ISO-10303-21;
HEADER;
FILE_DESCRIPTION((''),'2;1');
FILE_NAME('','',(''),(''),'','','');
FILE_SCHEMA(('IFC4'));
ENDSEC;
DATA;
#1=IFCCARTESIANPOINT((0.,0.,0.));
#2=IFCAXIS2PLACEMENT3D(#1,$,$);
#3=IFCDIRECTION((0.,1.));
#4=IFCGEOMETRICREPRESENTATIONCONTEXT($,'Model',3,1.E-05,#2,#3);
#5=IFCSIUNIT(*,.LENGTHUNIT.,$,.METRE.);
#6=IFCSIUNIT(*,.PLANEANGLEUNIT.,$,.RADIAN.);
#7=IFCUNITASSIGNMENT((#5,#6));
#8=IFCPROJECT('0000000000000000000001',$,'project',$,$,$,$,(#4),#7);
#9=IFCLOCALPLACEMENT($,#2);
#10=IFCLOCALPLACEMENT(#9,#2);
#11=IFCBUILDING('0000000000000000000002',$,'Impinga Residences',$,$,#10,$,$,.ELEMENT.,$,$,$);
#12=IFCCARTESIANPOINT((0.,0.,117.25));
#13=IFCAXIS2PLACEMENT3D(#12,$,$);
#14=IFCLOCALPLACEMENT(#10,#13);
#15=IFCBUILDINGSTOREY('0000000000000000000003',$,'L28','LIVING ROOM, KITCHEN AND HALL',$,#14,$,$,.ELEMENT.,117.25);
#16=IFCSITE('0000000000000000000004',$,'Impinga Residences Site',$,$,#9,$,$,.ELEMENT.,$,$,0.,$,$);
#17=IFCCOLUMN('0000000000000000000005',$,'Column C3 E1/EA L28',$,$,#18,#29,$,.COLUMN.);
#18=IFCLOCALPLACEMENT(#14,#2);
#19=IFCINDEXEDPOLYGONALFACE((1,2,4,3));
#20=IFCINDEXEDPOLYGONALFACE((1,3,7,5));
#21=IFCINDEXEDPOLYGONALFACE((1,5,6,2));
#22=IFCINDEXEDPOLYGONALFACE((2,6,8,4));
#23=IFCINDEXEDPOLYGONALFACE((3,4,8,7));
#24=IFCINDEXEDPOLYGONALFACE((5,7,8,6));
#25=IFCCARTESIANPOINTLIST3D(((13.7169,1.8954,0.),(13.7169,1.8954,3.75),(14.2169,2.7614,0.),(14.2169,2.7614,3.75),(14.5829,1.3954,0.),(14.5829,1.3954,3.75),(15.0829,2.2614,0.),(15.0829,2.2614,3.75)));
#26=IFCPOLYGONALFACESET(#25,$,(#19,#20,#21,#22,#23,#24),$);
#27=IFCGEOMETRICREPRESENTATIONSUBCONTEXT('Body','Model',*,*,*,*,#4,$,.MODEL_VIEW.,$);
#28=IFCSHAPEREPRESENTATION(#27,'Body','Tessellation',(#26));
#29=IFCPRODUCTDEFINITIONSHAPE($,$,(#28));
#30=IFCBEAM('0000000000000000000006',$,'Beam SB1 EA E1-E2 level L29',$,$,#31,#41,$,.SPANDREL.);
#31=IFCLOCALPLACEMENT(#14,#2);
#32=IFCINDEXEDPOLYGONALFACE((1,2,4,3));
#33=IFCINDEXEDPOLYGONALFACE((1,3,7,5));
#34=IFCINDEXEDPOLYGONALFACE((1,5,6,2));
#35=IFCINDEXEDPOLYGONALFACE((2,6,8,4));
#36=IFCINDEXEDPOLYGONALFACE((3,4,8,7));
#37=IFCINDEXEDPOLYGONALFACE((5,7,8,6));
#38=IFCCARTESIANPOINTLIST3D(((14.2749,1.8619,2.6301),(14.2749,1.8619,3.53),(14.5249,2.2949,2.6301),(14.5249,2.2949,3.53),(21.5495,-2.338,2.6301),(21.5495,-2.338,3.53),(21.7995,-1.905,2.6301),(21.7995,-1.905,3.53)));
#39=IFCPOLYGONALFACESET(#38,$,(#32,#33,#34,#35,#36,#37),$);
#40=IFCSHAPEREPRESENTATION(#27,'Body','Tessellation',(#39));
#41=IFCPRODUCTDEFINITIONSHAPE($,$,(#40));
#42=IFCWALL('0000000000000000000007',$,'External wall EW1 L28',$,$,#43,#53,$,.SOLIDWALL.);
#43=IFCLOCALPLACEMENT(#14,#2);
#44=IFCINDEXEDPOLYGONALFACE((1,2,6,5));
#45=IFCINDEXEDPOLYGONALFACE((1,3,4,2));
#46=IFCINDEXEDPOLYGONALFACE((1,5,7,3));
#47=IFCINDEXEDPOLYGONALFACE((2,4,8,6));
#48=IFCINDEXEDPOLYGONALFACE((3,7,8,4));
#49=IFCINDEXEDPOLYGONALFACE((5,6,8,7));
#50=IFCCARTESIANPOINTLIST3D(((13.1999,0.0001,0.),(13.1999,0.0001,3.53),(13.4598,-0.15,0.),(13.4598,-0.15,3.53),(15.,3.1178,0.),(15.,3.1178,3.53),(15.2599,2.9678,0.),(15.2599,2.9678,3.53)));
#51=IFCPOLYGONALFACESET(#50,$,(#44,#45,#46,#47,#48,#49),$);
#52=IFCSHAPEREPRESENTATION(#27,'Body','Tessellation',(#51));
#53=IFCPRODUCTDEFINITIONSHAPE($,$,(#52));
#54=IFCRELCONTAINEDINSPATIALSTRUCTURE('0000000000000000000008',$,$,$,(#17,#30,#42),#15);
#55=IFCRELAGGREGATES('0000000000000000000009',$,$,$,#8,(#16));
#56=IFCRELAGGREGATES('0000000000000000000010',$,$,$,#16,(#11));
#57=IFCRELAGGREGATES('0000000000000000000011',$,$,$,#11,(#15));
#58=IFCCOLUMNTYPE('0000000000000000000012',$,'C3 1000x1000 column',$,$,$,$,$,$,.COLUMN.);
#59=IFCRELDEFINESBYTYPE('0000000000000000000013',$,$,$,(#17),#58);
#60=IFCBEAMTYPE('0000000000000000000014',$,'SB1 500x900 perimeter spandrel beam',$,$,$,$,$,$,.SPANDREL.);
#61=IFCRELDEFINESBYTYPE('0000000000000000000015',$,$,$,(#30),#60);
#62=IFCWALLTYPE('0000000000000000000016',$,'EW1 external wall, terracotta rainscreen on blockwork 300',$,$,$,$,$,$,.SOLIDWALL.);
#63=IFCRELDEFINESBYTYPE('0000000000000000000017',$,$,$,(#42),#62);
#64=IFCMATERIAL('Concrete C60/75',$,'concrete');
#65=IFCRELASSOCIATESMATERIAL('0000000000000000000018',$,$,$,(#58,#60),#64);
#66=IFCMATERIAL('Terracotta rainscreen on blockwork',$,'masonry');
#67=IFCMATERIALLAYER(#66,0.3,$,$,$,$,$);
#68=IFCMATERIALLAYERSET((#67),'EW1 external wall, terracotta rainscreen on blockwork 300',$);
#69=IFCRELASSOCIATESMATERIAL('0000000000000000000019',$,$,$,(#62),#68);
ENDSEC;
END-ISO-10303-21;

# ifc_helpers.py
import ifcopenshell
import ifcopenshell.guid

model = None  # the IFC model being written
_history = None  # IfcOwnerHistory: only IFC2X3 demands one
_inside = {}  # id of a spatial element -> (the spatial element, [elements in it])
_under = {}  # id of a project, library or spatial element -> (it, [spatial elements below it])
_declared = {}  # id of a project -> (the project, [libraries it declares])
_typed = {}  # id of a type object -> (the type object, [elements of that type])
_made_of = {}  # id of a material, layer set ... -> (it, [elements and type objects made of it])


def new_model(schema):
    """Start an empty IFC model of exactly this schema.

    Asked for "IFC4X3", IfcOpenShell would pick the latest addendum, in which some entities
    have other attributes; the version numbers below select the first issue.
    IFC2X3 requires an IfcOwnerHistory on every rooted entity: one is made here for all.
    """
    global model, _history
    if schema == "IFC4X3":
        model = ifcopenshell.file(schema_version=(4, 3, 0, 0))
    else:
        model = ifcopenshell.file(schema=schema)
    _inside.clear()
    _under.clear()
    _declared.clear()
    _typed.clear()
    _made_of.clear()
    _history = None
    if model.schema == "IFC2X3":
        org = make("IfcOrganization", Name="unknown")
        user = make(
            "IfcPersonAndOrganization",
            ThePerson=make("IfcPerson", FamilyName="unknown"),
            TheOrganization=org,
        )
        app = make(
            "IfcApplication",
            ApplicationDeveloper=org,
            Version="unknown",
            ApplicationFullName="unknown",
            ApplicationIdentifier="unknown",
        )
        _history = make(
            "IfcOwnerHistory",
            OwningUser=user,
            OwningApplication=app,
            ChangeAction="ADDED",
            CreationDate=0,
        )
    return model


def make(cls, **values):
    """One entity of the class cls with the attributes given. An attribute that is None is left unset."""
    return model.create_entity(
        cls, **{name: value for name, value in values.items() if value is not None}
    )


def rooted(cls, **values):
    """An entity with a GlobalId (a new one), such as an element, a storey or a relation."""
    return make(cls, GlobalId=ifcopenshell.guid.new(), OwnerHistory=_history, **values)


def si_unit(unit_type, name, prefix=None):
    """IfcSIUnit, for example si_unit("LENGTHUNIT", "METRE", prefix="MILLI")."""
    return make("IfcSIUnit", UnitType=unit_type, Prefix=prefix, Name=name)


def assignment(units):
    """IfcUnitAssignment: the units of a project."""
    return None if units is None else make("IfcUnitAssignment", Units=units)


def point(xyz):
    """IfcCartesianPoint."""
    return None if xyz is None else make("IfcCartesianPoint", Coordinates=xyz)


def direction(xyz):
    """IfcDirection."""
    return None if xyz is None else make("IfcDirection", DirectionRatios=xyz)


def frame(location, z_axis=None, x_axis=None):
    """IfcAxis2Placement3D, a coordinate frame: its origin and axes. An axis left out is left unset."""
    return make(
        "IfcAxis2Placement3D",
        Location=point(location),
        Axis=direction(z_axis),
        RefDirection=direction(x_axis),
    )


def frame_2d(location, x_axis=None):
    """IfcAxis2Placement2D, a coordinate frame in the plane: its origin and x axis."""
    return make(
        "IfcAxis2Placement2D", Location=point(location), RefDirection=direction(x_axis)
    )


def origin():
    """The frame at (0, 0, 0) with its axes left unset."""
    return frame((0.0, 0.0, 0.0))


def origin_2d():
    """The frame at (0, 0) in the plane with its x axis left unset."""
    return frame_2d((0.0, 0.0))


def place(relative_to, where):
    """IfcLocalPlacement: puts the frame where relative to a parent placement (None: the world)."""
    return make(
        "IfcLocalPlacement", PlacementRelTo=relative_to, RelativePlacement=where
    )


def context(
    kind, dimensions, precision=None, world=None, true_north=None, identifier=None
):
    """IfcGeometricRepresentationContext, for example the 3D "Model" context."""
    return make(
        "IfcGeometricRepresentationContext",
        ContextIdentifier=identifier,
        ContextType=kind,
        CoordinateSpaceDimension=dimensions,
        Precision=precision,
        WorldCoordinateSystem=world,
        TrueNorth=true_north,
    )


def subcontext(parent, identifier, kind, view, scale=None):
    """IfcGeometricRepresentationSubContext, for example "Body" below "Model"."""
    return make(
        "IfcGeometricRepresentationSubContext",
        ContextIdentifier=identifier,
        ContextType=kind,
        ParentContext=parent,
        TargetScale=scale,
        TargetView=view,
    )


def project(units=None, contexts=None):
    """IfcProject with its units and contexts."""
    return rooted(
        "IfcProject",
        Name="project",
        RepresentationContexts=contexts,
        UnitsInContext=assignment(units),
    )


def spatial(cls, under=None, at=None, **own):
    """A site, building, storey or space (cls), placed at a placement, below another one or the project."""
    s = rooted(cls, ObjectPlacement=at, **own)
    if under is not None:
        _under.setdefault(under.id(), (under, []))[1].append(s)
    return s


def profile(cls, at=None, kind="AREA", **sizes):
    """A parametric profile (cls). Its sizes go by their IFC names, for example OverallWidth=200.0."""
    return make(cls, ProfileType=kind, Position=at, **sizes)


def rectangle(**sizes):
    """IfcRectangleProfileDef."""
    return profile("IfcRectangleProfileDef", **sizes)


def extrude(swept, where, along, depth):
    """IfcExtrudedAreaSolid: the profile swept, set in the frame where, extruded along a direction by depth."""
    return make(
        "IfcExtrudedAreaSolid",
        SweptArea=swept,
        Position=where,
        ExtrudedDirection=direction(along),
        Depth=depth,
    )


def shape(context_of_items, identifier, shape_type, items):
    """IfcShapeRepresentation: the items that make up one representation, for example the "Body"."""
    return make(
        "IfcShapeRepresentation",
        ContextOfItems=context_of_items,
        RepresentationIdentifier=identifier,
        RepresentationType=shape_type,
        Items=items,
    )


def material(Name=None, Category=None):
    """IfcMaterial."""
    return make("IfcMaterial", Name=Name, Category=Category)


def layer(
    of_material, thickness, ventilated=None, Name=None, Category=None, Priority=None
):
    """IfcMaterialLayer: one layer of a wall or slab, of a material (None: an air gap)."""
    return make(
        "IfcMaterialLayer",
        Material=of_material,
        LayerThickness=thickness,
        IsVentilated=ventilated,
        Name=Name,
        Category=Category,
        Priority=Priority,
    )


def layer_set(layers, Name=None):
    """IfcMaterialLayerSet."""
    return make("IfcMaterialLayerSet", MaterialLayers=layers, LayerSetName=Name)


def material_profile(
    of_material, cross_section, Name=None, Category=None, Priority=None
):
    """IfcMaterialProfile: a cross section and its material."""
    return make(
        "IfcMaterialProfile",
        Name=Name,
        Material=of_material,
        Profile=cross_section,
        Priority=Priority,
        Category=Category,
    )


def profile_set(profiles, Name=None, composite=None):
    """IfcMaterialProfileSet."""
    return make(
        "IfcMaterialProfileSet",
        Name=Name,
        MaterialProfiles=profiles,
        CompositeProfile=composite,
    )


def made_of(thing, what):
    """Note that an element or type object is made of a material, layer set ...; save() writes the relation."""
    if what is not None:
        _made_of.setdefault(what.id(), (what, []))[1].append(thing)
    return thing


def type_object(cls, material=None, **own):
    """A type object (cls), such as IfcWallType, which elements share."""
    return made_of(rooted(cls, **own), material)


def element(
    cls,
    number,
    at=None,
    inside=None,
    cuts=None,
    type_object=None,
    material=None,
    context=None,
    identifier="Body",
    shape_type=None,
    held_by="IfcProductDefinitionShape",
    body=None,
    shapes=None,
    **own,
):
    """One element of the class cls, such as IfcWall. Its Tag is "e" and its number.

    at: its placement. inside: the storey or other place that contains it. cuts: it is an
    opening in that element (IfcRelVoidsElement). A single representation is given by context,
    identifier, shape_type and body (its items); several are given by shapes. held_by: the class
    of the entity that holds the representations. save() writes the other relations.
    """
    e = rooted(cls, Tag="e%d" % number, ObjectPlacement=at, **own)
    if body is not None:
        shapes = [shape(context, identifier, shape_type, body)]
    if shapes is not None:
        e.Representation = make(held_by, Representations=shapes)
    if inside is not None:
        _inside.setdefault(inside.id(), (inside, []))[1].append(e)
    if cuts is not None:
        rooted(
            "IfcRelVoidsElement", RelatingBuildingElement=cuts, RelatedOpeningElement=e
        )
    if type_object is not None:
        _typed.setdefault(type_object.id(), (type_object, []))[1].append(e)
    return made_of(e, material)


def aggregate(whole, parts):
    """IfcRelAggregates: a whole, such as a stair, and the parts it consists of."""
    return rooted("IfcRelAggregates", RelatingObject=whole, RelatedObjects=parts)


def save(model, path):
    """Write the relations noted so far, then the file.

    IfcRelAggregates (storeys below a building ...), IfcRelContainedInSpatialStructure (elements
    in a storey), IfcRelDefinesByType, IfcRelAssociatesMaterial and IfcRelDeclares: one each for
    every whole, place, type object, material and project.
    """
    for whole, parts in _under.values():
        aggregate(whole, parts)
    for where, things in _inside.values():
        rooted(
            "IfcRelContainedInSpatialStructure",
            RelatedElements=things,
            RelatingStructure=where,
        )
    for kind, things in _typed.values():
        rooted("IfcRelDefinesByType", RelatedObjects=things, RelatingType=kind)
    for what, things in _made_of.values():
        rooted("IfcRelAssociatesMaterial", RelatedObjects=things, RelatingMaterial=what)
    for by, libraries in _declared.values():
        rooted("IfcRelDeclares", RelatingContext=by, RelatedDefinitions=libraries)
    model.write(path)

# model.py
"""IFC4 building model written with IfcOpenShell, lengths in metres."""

from ifc_helpers import new_model, si_unit, direction, frame, frame_2d, origin, origin_2d, place, context, subcontext, project, spatial, rectangle, extrude, material, layer, layer_set, material_profile, profile_set, type_object, element, save


model = new_model("IFC4")

# Units and contexts
model_context = context("Model", 3, precision=1e-05, world=origin(), true_north=direction((0.0, 1.0)))
body_context = subcontext(model_context, "Body", "Model", "MODEL_VIEW")
ifc_project = project(units=[si_unit("LENGTHUNIT", "METRE"), si_unit("PLANEANGLEUNIT", "RADIAN")], contexts=[model_context])

# Site, building, storey
site_placement = place(None, origin())
site = spatial("IfcSite", under=ifc_project, at=site_placement, Name="Impinga Residences Site", CompositionType="ELEMENT", RefElevation=0.0)
building_placement = place(site_placement, origin())
building = spatial("IfcBuilding", under=site, at=building_placement, Name="Impinga Residences", CompositionType="ELEMENT")
storey_placement = place(building_placement, frame((0.0, 0.0, 117.25)))
storey = spatial("IfcBuildingStorey", under=building, at=storey_placement, Name="L28", Description="LIVING ROOM, KITCHEN AND HALL", CompositionType="ELEMENT", Elevation=117.25)

# Column
ifc_material_1 = material(Name="Concrete C60/75", Category="concrete")
ifc_material_profile_1 = material_profile(ifc_material_1, rectangle(XDim=1.0, YDim=1.0, at=origin_2d()), Name="RC 1000x1000")
ifc_profile_set_1 = profile_set([ifc_material_profile_1], Name="Concrete C60/75")
column_type = type_object("IfcColumnType", Name="C3 1000x1000 column", PredefinedType="COLUMN", material=ifc_profile_set_1)
column_placement = place(storey_placement, frame((14.3999, 2.0784, 0.0), z_axis=(0.0, 0.0, 1.0), x_axis=(-0.5, -0.866025, 0.0)))
element("IfcColumn", 1, at=column_placement, inside=storey, type_object=column_type, Name="Column C3 E1/EA L28", PredefinedType="COLUMN", context=body_context, shape_type="SweptSolid", body=[
    extrude(rectangle(XDim=1.0, YDim=1.0, at=origin_2d()), origin(), (0.0, 0.0, 1.0), 3.75),
])

# Beam
ifc_material_profile_2 = material_profile(ifc_material_1, rectangle(XDim=0.5, YDim=0.8999, at=origin_2d()), Name="RC 500x900")
ifc_profile_set_2 = profile_set([ifc_material_profile_2], Name="Concrete C60/75")
beam_type = type_object("IfcBeamType", Name="SB1 500x900 perimeter spandrel beam", PredefinedType="SPANDREL", material=ifc_profile_set_2)
beam_placement = place(storey_placement, frame((14.3999, 2.0784, 3.0801), z_axis=(0.866029, -0.499993, 0.0), x_axis=(0.499993, 0.866029, 0.0)))
element("IfcBeam", 2, at=beam_placement, inside=storey, type_object=beam_type, Name="Beam SB1 EA E1-E2 level L29", PredefinedType="SPANDREL", context=body_context, shape_type="SweptSolid", body=[
    extrude(rectangle(XDim=0.5, YDim=0.8999, at=origin_2d()), origin(), (0.0, 0.0, 1.0), 8.3999),
])

# Wall
ifc_material_2 = material(Name="Terracotta rainscreen on blockwork", Category="masonry")
ifc_layer_1 = layer(ifc_material_2, 0.3)
ifc_layer_set_1 = layer_set([ifc_layer_1], Name="EW1 external wall, terracotta rainscreen on blockwork 300")
wall_type_1 = type_object("IfcWallType", Name="EW1 external wall, terracotta rainscreen on blockwork 300", PredefinedType="SOLIDWALL", material=ifc_layer_set_1)
wall_1_placement = place(storey_placement, frame((13.3298, -0.075, 0.0), z_axis=(0.0, 0.0, 1.0), x_axis=(0.500012, 0.866018, 0.0)))
element("IfcWall", 3, at=wall_1_placement, inside=storey, type_object=wall_type_1, Name="External wall EW1 L28", PredefinedType="SOLIDWALL", context=body_context, shape_type="SweptSolid", body=[
    extrude(rectangle(XDim=3.6001, YDim=0.3, at=frame_2d((1.8, 0.0))), origin(), (0.0, 0.0, 1.0), 3.53),
])

save(model, "model.ifc")
